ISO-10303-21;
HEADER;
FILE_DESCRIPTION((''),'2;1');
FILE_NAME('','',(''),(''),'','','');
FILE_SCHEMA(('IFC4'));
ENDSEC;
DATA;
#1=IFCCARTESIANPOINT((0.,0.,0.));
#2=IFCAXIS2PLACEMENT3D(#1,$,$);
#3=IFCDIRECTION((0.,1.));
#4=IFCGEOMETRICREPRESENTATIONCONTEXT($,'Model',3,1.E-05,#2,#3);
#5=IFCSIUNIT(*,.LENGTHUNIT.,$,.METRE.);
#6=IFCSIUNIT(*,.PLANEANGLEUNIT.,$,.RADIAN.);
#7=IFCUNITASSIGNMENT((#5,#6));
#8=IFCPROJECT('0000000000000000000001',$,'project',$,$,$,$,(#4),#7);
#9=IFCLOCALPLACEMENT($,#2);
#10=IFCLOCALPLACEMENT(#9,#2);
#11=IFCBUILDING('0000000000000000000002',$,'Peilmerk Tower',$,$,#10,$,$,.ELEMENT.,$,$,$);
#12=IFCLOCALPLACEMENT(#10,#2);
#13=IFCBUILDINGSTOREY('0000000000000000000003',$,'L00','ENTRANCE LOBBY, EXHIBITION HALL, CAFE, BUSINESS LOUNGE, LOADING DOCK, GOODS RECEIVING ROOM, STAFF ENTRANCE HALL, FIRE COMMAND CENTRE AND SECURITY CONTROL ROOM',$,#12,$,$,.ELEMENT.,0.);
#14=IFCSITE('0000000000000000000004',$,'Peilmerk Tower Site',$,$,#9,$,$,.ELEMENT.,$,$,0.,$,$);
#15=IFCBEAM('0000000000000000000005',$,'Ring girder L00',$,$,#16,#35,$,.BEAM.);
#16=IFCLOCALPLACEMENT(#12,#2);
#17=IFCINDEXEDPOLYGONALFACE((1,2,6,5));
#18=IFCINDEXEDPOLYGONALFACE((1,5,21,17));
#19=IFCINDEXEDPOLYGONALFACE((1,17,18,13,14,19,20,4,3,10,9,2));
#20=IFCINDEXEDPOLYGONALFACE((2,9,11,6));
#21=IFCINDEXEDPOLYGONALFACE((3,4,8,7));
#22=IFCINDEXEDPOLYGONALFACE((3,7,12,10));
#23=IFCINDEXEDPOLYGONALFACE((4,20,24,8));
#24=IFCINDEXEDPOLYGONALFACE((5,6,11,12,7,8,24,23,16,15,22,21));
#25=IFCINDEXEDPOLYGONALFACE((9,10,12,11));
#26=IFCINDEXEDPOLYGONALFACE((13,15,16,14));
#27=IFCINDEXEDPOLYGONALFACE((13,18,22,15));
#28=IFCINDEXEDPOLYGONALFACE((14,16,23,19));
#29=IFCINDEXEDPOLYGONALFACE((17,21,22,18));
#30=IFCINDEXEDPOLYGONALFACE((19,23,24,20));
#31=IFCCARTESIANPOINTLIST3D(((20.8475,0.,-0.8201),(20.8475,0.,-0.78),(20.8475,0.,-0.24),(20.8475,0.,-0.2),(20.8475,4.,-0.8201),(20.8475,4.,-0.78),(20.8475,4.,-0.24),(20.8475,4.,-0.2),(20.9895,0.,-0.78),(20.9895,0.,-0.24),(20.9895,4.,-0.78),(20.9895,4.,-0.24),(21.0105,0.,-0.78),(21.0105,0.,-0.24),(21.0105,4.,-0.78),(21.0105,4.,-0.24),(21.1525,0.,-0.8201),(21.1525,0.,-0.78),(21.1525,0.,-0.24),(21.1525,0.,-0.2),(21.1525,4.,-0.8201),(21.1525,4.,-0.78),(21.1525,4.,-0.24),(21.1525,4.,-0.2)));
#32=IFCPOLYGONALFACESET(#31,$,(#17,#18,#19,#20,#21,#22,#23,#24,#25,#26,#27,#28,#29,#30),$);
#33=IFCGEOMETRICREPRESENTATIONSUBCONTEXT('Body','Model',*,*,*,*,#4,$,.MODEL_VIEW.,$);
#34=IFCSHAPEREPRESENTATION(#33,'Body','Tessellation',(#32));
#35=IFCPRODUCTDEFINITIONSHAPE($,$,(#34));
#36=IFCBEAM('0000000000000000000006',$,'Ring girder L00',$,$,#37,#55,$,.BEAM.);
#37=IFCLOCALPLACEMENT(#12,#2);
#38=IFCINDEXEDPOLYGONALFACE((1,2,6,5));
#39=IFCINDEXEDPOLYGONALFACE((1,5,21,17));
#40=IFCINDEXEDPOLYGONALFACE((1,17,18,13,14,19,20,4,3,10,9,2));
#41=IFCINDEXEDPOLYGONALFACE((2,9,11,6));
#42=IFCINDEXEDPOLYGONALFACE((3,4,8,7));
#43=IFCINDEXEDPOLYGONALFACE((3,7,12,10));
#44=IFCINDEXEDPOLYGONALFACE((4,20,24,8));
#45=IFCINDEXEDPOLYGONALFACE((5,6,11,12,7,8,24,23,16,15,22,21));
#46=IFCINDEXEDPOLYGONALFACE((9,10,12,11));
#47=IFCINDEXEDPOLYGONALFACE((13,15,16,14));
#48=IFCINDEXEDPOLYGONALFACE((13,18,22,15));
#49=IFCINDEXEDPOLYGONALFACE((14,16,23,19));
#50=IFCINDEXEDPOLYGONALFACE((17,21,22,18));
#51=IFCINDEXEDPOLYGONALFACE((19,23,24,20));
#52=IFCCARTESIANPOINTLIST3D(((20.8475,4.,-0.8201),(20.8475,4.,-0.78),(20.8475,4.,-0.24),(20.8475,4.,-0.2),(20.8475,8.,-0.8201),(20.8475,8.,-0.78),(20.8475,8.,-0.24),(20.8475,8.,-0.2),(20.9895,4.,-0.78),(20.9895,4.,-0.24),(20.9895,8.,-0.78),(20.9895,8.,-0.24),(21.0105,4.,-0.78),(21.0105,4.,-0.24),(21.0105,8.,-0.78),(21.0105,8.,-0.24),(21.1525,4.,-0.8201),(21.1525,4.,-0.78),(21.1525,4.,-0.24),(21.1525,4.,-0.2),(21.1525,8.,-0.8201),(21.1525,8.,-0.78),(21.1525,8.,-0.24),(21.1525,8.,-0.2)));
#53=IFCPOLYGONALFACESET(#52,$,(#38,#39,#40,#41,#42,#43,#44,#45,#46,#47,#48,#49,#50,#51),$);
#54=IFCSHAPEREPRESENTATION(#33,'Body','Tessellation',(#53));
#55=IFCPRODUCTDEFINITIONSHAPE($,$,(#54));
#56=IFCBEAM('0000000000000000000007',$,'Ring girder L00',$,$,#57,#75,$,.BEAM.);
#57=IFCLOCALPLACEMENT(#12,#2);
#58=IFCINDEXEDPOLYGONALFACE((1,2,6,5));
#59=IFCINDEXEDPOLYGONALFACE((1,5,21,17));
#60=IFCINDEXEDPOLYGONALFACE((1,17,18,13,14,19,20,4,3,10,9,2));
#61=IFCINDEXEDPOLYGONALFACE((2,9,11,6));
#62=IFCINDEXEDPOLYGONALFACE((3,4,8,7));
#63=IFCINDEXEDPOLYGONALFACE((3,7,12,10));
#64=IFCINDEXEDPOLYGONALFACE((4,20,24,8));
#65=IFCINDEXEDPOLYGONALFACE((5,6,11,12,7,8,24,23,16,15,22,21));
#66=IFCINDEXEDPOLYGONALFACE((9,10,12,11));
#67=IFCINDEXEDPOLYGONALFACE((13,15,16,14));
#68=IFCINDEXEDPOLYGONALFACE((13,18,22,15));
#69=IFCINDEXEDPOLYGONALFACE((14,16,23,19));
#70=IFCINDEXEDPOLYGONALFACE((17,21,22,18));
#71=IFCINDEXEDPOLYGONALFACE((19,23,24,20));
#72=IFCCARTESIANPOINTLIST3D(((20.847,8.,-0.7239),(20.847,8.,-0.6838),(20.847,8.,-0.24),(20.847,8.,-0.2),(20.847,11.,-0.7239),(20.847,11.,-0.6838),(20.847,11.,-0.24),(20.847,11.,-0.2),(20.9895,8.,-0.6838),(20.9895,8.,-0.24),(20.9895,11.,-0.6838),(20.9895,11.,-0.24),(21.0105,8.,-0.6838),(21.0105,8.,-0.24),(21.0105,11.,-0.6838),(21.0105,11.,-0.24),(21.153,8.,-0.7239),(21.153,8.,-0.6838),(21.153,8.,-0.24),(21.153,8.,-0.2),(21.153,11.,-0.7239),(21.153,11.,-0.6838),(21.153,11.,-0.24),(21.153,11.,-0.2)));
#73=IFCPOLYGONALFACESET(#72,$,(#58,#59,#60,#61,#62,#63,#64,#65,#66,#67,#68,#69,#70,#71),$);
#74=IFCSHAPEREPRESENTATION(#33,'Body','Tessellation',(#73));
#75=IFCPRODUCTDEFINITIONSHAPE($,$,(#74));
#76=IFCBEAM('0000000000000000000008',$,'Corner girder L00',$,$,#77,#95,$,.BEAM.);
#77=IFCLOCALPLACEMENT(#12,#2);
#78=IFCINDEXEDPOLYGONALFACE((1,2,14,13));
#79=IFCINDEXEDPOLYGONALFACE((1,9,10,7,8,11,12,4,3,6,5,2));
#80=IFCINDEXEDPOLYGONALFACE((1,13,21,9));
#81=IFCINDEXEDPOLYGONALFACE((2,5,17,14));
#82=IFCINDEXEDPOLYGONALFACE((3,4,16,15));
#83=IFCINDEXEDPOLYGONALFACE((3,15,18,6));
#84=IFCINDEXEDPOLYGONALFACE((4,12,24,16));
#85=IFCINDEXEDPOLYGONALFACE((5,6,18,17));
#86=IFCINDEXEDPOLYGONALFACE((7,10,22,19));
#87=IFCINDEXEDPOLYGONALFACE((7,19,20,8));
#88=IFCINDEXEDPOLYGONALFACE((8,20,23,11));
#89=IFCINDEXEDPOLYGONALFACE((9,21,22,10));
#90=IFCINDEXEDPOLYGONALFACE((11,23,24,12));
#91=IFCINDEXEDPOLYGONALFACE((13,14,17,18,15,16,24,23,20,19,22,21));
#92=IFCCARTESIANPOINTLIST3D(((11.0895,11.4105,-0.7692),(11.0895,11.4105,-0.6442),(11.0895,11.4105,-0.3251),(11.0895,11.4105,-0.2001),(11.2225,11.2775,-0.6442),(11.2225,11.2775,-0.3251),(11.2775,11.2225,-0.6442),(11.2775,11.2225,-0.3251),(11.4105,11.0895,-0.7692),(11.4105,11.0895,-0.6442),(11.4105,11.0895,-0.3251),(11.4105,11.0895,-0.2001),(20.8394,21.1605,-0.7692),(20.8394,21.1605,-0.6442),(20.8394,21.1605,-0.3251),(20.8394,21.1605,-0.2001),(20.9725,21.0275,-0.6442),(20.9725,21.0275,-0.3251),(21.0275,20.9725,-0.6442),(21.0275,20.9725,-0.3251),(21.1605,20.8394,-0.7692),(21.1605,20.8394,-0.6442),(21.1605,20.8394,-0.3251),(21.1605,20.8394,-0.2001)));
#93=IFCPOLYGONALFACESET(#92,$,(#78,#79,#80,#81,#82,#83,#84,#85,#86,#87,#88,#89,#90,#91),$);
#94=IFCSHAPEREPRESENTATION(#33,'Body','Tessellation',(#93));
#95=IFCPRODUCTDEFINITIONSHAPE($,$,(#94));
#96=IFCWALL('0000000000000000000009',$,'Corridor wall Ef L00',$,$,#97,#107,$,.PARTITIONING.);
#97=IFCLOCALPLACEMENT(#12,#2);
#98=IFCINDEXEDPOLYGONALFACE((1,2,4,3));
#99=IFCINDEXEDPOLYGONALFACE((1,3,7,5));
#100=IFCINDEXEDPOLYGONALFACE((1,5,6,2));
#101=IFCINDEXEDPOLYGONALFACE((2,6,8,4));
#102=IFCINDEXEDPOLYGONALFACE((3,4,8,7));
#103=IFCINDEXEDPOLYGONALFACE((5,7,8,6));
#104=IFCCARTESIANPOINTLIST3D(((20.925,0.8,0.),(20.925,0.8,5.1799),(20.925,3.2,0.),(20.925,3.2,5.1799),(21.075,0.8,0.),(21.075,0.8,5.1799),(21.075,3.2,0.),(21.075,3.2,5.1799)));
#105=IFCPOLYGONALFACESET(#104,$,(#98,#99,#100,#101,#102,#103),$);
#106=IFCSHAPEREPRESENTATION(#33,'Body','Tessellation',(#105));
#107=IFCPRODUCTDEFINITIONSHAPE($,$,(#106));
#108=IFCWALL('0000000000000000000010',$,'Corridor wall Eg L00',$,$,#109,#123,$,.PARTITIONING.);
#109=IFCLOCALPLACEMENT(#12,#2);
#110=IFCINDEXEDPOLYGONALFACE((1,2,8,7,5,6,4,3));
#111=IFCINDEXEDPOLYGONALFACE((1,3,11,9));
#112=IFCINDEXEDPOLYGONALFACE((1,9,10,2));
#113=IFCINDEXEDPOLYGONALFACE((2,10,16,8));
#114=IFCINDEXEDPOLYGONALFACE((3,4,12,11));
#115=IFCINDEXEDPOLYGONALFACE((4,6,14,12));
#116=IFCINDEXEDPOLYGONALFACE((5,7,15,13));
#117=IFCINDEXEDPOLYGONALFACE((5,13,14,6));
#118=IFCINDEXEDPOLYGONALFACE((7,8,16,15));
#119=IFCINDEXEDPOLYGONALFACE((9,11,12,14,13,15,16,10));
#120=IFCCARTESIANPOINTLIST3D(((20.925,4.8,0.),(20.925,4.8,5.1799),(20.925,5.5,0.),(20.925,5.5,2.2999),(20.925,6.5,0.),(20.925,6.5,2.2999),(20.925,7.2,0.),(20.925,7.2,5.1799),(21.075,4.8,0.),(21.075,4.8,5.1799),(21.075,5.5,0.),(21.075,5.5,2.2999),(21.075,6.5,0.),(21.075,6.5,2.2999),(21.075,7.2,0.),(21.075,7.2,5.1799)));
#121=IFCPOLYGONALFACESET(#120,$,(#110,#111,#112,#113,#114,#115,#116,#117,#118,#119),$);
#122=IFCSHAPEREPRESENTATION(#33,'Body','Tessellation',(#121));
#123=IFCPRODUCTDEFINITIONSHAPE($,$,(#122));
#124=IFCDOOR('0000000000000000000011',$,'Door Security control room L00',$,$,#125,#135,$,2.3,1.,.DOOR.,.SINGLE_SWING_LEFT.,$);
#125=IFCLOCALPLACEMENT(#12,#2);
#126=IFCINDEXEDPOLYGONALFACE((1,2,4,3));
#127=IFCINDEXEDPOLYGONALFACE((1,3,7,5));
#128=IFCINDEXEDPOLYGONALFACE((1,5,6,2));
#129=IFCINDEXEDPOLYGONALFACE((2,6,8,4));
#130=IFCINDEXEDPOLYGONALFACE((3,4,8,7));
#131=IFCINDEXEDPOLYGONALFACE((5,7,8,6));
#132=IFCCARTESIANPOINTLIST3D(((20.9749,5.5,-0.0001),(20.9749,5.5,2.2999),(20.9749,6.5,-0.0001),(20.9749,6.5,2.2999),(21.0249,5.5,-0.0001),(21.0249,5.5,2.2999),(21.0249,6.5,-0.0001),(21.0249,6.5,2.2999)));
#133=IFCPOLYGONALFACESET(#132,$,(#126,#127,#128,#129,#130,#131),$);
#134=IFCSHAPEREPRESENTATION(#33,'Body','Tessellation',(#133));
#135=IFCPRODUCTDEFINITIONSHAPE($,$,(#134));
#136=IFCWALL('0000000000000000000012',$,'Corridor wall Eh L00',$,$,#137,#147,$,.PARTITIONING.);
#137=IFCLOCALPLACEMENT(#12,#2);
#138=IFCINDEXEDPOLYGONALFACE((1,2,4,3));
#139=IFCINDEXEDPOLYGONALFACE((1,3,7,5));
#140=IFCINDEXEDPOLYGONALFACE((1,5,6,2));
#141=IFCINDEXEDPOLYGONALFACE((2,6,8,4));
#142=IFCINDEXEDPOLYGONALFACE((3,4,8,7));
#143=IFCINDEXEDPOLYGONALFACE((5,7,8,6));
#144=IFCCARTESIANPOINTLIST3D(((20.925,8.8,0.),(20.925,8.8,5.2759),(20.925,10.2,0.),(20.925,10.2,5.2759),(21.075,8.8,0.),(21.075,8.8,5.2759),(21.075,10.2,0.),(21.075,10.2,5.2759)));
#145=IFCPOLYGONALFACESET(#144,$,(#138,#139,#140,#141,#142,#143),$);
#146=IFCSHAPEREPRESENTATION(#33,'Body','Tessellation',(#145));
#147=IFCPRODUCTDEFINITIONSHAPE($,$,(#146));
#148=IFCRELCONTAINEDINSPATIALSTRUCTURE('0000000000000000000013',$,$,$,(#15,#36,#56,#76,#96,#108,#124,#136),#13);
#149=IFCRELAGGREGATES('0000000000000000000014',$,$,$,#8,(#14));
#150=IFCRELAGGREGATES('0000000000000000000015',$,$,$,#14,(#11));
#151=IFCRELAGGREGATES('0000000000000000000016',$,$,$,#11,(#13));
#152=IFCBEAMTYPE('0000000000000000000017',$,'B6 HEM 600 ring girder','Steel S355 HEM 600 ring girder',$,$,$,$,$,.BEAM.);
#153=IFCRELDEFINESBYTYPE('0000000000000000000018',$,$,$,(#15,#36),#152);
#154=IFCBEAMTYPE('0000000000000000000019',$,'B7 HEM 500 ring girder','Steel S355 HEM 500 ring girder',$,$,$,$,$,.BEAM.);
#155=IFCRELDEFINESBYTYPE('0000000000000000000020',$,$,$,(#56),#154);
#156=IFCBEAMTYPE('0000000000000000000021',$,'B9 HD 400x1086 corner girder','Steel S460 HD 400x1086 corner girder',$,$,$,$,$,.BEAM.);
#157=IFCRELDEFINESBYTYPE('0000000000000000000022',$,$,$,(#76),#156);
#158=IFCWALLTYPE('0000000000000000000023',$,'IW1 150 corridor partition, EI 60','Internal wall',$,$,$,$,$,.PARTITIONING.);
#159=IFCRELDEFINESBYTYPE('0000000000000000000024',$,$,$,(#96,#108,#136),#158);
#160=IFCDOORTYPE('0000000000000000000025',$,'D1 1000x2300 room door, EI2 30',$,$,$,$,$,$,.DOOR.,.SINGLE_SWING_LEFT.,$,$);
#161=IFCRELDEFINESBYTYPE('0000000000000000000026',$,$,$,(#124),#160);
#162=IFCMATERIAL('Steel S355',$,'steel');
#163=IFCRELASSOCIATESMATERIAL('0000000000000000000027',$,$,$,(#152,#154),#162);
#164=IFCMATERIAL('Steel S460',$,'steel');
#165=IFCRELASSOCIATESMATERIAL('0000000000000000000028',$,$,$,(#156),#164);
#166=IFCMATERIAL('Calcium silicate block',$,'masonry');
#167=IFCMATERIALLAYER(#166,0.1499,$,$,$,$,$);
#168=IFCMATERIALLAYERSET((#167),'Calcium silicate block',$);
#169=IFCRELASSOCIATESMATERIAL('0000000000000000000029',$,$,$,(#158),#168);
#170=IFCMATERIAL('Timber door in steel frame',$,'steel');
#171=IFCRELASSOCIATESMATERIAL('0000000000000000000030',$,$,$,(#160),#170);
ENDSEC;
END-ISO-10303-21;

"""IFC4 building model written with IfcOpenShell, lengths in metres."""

from ifc_helpers import new_model, si_unit, direction, frame, frame_2d, origin, origin_2d, place, context, subcontext, project, spatial, rectangle, i_section, extrude, material, layer, layer_set, material_profile, profile_set, type_object, element, fill, save


model = new_model("IFC4")

# Units and contexts
model_context = context("Model", 3, precision=1e-05, world=origin(), true_north=direction((0.0, 1.0)))
body_context = subcontext(model_context, "Body", "Model", "MODEL_VIEW")
ifc_project = project(units=[si_unit("LENGTHUNIT", "METRE"), si_unit("PLANEANGLEUNIT", "RADIAN")], contexts=[model_context])

# Site, building, storey
site_placement = place(None, origin())
site = spatial("IfcSite", under=ifc_project, at=site_placement, Name="Peilmerk Tower Site", CompositionType="ELEMENT", RefElevation=0.0)
building_placement = place(site_placement, origin())
building = spatial("IfcBuilding", under=site, at=building_placement, Name="Peilmerk Tower", CompositionType="ELEMENT")
storey_placement = place(building_placement, origin())
storey = spatial("IfcBuildingStorey", under=building, at=storey_placement, Name="L00", Description="ENTRANCE LOBBY, EXHIBITION HALL, CAFE, BUSINESS LOUNGE, LOADING DOCK, GOODS RECEIVING ROOM, STAFF ENTRANCE HALL, FIRE COMMAND CENTRE AND SECURITY CONTROL ROOM", CompositionType="ELEMENT", Elevation=0.0)

# Beams
ifc_material_1 = material(Name="Steel S355", Category="steel")
ifc_material_profile_1 = material_profile(ifc_material_1, i_section(OverallWidth=0.3049, OverallDepth=0.6201, WebThickness=0.021, FlangeThickness=0.04, at=origin_2d()), Name="HEM 600")
ifc_profile_set_1 = profile_set([ifc_material_profile_1], Name="Steel S355")
beam_type_1 = type_object("IfcBeamType", Name="B6 HEM 600 ring girder", Description="Steel S355 HEM 600 ring girder", PredefinedType="BEAM", material=ifc_profile_set_1)
for number, where, z_axis, x_axis, name in (
    (1, (21.0, 0.0, -0.51), (0.0, 1.0, 0.0), (-1.0, 0.0, 0.0), "Ring girder L00"),
    (2, (21.0, 4.0, -0.51), (0.0, 1.0, 0.0), (-1.0, 0.0, 0.0), "Ring girder L00"),
):
    element("IfcBeam", number, at=place(storey_placement, frame(where, z_axis=z_axis, x_axis=x_axis)), inside=storey, type_object=beam_type_1, Name=name, PredefinedType="BEAM", context=body_context, shape_type="SweptSolid", body=[
        extrude(i_section(OverallWidth=0.3049, OverallDepth=0.6201, WebThickness=0.021, FlangeThickness=0.04, at=origin_2d()), origin(), (0.0, 0.0, 1.0), 4.0),
    ])
ifc_material_profile_2 = material_profile(ifc_material_1, i_section(OverallWidth=0.3059, OverallDepth=0.5239, WebThickness=0.021, FlangeThickness=0.04, at=origin_2d()), Name="HEM 500")
ifc_profile_set_2 = profile_set([ifc_material_profile_2], Name="Steel S355")
beam_type_2 = type_object("IfcBeamType", Name="B7 HEM 500 ring girder", Description="Steel S355 HEM 500 ring girder", PredefinedType="BEAM", material=ifc_profile_set_2)
beam_1_placement = place(storey_placement, frame((21.0, 8.0, -0.4619), z_axis=(0.0, 1.0, 0.0), x_axis=(-1.0, 0.0, 0.0)))
element("IfcBeam", 3, at=beam_1_placement, inside=storey, type_object=beam_type_2, Name="Ring girder L00", PredefinedType="BEAM", context=body_context, shape_type="SweptSolid", body=[
    extrude(i_section(OverallWidth=0.3059, OverallDepth=0.5239, WebThickness=0.021, FlangeThickness=0.04, at=origin_2d()), origin(), (0.0, 0.0, 1.0), 3.0),
])
ifc_material_2 = material(Name="Steel S460", Category="steel")
ifc_material_profile_3 = material_profile(ifc_material_2, i_section(OverallWidth=0.4541, OverallDepth=0.5691, WebThickness=0.0779, FlangeThickness=0.125, at=origin_2d()), Name="HD 400x1086")
ifc_profile_set_3 = profile_set([ifc_material_profile_3], Name="Steel S460")
beam_type_3 = type_object("IfcBeamType", Name="B9 HD 400x1086 corner girder", Description="Steel S460 HD 400x1086 corner girder", PredefinedType="BEAM", material=ifc_profile_set_3)
beam_2_placement = place(storey_placement, frame((11.25, 11.25, -0.4846), z_axis=(0.707107, 0.707107, 0.0), x_axis=(-0.707107, 0.707107, 0.0)))
element("IfcBeam", 4, at=beam_2_placement, inside=storey, type_object=beam_type_3, Name="Corner girder L00", PredefinedType="BEAM", context=body_context, shape_type="SweptSolid", body=[
    extrude(i_section(OverallWidth=0.4541, OverallDepth=0.5691, WebThickness=0.0779, FlangeThickness=0.125, at=origin_2d()), origin(), (0.0, 0.0, 1.0), 13.7886),
])

# Wall
ifc_material_3 = material(Name="Calcium silicate block", Category="masonry")
ifc_layer_1 = layer(ifc_material_3, 0.1499)
ifc_layer_set_1 = layer_set([ifc_layer_1], Name="Calcium silicate block")
wall_type_1 = type_object("IfcWallType", Name="IW1 150 corridor partition, EI 60", Description="Internal wall", PredefinedType="PARTITIONING", material=ifc_layer_set_1)
wall_1_placement = place(storey_placement, frame((21.0, 0.8, 0.0), z_axis=(0.0, 0.0, 1.0), x_axis=(0.0, 1.0, 0.0)))
element("IfcWall", 5, at=wall_1_placement, inside=storey, type_object=wall_type_1, Name="Corridor wall Ef L00", PredefinedType="PARTITIONING", context=body_context, shape_type="SweptSolid", body=[
    extrude(rectangle(XDim=2.3999, YDim=0.1499, at=frame_2d((1.2, 0.0))), origin(), (0.0, 0.0, 1.0), 5.1799),
])

# Wall, opening, door
wall_2_placement = place(storey_placement, frame((21.0, 4.8, 0.0), z_axis=(0.0, 0.0, 1.0), x_axis=(0.0, 1.0, 0.0)))
wall_2 = element("IfcWall", 6, at=wall_2_placement, inside=storey, type_object=wall_type_1, Name="Corridor wall Eg L00", PredefinedType="PARTITIONING", context=body_context, shape_type="SweptSolid", body=[
    extrude(rectangle(XDim=2.3999, YDim=0.1499, at=frame_2d((1.2, 0.0))), origin(), (0.0, 0.0, 1.0), 5.1799),
])
opening_1_placement = place(wall_2_placement, frame((0.7, 0.0, 0.0)))
opening_1 = element("IfcOpeningElement", 7, at=opening_1_placement, cuts=wall_2, PredefinedType="OPENING", context=body_context, shape_type="SweptSolid", body=[
    extrude(rectangle(XDim=1.0, YDim=2.3, at=frame_2d((0.5, 1.1499))), frame((0.0, 0.085, 0.0), z_axis=(0.0, -1.0, 0.0), x_axis=(1.0, 0.0, 0.0)), (0.0, 0.0, 1.0), 0.1699),
])
ifc_material_4 = material(Name="Timber door in steel frame", Category="steel")
door_type_1 = type_object("IfcDoorType", Name="D1 1000x2300 room door, EI2 30", OperationType="SINGLE_SWING_LEFT", PredefinedType="DOOR", material=ifc_material_4)
door_1_placement = place(opening_1_placement, frame((1.0, 0.0, 0.0), z_axis=(0.0, 0.0, 1.0), x_axis=(-1.0, 0.0, 0.0)))
door_1 = element("IfcDoor", 8, at=door_1_placement, inside=storey, type_object=door_type_1, Name="Door Security control room L00", OperationType="SINGLE_SWING_LEFT", OverallHeight=2.3, OverallWidth=1.0, PredefinedType="DOOR", context=body_context, shape_type="SweptSolid", body=[
    extrude(rectangle(XDim=1.0, YDim=2.3, at=frame_2d((0.5, 1.1499))), frame((0.0, 0.0249, 0.0), z_axis=(0.0, -1.0, 0.0), x_axis=(1.0, 0.0, 0.0)), (0.0, 0.0, 1.0), 0.05),
])
fill(opening_1, door_1)

# Wall
wall_3_placement = place(storey_placement, frame((21.0, 8.8, 0.0), z_axis=(0.0, 0.0, 1.0), x_axis=(0.0, 1.0, 0.0)))
element("IfcWall", 9, at=wall_3_placement, inside=storey, type_object=wall_type_1, Name="Corridor wall Eh L00", PredefinedType="PARTITIONING", context=body_context, shape_type="SweptSolid", body=[
    extrude(rectangle(XDim=1.3999, YDim=0.1499, at=frame_2d((0.7, 0.0))), origin(), (0.0, 0.0, 1.0), 5.2759),
])

save(model, "model.ifc")
